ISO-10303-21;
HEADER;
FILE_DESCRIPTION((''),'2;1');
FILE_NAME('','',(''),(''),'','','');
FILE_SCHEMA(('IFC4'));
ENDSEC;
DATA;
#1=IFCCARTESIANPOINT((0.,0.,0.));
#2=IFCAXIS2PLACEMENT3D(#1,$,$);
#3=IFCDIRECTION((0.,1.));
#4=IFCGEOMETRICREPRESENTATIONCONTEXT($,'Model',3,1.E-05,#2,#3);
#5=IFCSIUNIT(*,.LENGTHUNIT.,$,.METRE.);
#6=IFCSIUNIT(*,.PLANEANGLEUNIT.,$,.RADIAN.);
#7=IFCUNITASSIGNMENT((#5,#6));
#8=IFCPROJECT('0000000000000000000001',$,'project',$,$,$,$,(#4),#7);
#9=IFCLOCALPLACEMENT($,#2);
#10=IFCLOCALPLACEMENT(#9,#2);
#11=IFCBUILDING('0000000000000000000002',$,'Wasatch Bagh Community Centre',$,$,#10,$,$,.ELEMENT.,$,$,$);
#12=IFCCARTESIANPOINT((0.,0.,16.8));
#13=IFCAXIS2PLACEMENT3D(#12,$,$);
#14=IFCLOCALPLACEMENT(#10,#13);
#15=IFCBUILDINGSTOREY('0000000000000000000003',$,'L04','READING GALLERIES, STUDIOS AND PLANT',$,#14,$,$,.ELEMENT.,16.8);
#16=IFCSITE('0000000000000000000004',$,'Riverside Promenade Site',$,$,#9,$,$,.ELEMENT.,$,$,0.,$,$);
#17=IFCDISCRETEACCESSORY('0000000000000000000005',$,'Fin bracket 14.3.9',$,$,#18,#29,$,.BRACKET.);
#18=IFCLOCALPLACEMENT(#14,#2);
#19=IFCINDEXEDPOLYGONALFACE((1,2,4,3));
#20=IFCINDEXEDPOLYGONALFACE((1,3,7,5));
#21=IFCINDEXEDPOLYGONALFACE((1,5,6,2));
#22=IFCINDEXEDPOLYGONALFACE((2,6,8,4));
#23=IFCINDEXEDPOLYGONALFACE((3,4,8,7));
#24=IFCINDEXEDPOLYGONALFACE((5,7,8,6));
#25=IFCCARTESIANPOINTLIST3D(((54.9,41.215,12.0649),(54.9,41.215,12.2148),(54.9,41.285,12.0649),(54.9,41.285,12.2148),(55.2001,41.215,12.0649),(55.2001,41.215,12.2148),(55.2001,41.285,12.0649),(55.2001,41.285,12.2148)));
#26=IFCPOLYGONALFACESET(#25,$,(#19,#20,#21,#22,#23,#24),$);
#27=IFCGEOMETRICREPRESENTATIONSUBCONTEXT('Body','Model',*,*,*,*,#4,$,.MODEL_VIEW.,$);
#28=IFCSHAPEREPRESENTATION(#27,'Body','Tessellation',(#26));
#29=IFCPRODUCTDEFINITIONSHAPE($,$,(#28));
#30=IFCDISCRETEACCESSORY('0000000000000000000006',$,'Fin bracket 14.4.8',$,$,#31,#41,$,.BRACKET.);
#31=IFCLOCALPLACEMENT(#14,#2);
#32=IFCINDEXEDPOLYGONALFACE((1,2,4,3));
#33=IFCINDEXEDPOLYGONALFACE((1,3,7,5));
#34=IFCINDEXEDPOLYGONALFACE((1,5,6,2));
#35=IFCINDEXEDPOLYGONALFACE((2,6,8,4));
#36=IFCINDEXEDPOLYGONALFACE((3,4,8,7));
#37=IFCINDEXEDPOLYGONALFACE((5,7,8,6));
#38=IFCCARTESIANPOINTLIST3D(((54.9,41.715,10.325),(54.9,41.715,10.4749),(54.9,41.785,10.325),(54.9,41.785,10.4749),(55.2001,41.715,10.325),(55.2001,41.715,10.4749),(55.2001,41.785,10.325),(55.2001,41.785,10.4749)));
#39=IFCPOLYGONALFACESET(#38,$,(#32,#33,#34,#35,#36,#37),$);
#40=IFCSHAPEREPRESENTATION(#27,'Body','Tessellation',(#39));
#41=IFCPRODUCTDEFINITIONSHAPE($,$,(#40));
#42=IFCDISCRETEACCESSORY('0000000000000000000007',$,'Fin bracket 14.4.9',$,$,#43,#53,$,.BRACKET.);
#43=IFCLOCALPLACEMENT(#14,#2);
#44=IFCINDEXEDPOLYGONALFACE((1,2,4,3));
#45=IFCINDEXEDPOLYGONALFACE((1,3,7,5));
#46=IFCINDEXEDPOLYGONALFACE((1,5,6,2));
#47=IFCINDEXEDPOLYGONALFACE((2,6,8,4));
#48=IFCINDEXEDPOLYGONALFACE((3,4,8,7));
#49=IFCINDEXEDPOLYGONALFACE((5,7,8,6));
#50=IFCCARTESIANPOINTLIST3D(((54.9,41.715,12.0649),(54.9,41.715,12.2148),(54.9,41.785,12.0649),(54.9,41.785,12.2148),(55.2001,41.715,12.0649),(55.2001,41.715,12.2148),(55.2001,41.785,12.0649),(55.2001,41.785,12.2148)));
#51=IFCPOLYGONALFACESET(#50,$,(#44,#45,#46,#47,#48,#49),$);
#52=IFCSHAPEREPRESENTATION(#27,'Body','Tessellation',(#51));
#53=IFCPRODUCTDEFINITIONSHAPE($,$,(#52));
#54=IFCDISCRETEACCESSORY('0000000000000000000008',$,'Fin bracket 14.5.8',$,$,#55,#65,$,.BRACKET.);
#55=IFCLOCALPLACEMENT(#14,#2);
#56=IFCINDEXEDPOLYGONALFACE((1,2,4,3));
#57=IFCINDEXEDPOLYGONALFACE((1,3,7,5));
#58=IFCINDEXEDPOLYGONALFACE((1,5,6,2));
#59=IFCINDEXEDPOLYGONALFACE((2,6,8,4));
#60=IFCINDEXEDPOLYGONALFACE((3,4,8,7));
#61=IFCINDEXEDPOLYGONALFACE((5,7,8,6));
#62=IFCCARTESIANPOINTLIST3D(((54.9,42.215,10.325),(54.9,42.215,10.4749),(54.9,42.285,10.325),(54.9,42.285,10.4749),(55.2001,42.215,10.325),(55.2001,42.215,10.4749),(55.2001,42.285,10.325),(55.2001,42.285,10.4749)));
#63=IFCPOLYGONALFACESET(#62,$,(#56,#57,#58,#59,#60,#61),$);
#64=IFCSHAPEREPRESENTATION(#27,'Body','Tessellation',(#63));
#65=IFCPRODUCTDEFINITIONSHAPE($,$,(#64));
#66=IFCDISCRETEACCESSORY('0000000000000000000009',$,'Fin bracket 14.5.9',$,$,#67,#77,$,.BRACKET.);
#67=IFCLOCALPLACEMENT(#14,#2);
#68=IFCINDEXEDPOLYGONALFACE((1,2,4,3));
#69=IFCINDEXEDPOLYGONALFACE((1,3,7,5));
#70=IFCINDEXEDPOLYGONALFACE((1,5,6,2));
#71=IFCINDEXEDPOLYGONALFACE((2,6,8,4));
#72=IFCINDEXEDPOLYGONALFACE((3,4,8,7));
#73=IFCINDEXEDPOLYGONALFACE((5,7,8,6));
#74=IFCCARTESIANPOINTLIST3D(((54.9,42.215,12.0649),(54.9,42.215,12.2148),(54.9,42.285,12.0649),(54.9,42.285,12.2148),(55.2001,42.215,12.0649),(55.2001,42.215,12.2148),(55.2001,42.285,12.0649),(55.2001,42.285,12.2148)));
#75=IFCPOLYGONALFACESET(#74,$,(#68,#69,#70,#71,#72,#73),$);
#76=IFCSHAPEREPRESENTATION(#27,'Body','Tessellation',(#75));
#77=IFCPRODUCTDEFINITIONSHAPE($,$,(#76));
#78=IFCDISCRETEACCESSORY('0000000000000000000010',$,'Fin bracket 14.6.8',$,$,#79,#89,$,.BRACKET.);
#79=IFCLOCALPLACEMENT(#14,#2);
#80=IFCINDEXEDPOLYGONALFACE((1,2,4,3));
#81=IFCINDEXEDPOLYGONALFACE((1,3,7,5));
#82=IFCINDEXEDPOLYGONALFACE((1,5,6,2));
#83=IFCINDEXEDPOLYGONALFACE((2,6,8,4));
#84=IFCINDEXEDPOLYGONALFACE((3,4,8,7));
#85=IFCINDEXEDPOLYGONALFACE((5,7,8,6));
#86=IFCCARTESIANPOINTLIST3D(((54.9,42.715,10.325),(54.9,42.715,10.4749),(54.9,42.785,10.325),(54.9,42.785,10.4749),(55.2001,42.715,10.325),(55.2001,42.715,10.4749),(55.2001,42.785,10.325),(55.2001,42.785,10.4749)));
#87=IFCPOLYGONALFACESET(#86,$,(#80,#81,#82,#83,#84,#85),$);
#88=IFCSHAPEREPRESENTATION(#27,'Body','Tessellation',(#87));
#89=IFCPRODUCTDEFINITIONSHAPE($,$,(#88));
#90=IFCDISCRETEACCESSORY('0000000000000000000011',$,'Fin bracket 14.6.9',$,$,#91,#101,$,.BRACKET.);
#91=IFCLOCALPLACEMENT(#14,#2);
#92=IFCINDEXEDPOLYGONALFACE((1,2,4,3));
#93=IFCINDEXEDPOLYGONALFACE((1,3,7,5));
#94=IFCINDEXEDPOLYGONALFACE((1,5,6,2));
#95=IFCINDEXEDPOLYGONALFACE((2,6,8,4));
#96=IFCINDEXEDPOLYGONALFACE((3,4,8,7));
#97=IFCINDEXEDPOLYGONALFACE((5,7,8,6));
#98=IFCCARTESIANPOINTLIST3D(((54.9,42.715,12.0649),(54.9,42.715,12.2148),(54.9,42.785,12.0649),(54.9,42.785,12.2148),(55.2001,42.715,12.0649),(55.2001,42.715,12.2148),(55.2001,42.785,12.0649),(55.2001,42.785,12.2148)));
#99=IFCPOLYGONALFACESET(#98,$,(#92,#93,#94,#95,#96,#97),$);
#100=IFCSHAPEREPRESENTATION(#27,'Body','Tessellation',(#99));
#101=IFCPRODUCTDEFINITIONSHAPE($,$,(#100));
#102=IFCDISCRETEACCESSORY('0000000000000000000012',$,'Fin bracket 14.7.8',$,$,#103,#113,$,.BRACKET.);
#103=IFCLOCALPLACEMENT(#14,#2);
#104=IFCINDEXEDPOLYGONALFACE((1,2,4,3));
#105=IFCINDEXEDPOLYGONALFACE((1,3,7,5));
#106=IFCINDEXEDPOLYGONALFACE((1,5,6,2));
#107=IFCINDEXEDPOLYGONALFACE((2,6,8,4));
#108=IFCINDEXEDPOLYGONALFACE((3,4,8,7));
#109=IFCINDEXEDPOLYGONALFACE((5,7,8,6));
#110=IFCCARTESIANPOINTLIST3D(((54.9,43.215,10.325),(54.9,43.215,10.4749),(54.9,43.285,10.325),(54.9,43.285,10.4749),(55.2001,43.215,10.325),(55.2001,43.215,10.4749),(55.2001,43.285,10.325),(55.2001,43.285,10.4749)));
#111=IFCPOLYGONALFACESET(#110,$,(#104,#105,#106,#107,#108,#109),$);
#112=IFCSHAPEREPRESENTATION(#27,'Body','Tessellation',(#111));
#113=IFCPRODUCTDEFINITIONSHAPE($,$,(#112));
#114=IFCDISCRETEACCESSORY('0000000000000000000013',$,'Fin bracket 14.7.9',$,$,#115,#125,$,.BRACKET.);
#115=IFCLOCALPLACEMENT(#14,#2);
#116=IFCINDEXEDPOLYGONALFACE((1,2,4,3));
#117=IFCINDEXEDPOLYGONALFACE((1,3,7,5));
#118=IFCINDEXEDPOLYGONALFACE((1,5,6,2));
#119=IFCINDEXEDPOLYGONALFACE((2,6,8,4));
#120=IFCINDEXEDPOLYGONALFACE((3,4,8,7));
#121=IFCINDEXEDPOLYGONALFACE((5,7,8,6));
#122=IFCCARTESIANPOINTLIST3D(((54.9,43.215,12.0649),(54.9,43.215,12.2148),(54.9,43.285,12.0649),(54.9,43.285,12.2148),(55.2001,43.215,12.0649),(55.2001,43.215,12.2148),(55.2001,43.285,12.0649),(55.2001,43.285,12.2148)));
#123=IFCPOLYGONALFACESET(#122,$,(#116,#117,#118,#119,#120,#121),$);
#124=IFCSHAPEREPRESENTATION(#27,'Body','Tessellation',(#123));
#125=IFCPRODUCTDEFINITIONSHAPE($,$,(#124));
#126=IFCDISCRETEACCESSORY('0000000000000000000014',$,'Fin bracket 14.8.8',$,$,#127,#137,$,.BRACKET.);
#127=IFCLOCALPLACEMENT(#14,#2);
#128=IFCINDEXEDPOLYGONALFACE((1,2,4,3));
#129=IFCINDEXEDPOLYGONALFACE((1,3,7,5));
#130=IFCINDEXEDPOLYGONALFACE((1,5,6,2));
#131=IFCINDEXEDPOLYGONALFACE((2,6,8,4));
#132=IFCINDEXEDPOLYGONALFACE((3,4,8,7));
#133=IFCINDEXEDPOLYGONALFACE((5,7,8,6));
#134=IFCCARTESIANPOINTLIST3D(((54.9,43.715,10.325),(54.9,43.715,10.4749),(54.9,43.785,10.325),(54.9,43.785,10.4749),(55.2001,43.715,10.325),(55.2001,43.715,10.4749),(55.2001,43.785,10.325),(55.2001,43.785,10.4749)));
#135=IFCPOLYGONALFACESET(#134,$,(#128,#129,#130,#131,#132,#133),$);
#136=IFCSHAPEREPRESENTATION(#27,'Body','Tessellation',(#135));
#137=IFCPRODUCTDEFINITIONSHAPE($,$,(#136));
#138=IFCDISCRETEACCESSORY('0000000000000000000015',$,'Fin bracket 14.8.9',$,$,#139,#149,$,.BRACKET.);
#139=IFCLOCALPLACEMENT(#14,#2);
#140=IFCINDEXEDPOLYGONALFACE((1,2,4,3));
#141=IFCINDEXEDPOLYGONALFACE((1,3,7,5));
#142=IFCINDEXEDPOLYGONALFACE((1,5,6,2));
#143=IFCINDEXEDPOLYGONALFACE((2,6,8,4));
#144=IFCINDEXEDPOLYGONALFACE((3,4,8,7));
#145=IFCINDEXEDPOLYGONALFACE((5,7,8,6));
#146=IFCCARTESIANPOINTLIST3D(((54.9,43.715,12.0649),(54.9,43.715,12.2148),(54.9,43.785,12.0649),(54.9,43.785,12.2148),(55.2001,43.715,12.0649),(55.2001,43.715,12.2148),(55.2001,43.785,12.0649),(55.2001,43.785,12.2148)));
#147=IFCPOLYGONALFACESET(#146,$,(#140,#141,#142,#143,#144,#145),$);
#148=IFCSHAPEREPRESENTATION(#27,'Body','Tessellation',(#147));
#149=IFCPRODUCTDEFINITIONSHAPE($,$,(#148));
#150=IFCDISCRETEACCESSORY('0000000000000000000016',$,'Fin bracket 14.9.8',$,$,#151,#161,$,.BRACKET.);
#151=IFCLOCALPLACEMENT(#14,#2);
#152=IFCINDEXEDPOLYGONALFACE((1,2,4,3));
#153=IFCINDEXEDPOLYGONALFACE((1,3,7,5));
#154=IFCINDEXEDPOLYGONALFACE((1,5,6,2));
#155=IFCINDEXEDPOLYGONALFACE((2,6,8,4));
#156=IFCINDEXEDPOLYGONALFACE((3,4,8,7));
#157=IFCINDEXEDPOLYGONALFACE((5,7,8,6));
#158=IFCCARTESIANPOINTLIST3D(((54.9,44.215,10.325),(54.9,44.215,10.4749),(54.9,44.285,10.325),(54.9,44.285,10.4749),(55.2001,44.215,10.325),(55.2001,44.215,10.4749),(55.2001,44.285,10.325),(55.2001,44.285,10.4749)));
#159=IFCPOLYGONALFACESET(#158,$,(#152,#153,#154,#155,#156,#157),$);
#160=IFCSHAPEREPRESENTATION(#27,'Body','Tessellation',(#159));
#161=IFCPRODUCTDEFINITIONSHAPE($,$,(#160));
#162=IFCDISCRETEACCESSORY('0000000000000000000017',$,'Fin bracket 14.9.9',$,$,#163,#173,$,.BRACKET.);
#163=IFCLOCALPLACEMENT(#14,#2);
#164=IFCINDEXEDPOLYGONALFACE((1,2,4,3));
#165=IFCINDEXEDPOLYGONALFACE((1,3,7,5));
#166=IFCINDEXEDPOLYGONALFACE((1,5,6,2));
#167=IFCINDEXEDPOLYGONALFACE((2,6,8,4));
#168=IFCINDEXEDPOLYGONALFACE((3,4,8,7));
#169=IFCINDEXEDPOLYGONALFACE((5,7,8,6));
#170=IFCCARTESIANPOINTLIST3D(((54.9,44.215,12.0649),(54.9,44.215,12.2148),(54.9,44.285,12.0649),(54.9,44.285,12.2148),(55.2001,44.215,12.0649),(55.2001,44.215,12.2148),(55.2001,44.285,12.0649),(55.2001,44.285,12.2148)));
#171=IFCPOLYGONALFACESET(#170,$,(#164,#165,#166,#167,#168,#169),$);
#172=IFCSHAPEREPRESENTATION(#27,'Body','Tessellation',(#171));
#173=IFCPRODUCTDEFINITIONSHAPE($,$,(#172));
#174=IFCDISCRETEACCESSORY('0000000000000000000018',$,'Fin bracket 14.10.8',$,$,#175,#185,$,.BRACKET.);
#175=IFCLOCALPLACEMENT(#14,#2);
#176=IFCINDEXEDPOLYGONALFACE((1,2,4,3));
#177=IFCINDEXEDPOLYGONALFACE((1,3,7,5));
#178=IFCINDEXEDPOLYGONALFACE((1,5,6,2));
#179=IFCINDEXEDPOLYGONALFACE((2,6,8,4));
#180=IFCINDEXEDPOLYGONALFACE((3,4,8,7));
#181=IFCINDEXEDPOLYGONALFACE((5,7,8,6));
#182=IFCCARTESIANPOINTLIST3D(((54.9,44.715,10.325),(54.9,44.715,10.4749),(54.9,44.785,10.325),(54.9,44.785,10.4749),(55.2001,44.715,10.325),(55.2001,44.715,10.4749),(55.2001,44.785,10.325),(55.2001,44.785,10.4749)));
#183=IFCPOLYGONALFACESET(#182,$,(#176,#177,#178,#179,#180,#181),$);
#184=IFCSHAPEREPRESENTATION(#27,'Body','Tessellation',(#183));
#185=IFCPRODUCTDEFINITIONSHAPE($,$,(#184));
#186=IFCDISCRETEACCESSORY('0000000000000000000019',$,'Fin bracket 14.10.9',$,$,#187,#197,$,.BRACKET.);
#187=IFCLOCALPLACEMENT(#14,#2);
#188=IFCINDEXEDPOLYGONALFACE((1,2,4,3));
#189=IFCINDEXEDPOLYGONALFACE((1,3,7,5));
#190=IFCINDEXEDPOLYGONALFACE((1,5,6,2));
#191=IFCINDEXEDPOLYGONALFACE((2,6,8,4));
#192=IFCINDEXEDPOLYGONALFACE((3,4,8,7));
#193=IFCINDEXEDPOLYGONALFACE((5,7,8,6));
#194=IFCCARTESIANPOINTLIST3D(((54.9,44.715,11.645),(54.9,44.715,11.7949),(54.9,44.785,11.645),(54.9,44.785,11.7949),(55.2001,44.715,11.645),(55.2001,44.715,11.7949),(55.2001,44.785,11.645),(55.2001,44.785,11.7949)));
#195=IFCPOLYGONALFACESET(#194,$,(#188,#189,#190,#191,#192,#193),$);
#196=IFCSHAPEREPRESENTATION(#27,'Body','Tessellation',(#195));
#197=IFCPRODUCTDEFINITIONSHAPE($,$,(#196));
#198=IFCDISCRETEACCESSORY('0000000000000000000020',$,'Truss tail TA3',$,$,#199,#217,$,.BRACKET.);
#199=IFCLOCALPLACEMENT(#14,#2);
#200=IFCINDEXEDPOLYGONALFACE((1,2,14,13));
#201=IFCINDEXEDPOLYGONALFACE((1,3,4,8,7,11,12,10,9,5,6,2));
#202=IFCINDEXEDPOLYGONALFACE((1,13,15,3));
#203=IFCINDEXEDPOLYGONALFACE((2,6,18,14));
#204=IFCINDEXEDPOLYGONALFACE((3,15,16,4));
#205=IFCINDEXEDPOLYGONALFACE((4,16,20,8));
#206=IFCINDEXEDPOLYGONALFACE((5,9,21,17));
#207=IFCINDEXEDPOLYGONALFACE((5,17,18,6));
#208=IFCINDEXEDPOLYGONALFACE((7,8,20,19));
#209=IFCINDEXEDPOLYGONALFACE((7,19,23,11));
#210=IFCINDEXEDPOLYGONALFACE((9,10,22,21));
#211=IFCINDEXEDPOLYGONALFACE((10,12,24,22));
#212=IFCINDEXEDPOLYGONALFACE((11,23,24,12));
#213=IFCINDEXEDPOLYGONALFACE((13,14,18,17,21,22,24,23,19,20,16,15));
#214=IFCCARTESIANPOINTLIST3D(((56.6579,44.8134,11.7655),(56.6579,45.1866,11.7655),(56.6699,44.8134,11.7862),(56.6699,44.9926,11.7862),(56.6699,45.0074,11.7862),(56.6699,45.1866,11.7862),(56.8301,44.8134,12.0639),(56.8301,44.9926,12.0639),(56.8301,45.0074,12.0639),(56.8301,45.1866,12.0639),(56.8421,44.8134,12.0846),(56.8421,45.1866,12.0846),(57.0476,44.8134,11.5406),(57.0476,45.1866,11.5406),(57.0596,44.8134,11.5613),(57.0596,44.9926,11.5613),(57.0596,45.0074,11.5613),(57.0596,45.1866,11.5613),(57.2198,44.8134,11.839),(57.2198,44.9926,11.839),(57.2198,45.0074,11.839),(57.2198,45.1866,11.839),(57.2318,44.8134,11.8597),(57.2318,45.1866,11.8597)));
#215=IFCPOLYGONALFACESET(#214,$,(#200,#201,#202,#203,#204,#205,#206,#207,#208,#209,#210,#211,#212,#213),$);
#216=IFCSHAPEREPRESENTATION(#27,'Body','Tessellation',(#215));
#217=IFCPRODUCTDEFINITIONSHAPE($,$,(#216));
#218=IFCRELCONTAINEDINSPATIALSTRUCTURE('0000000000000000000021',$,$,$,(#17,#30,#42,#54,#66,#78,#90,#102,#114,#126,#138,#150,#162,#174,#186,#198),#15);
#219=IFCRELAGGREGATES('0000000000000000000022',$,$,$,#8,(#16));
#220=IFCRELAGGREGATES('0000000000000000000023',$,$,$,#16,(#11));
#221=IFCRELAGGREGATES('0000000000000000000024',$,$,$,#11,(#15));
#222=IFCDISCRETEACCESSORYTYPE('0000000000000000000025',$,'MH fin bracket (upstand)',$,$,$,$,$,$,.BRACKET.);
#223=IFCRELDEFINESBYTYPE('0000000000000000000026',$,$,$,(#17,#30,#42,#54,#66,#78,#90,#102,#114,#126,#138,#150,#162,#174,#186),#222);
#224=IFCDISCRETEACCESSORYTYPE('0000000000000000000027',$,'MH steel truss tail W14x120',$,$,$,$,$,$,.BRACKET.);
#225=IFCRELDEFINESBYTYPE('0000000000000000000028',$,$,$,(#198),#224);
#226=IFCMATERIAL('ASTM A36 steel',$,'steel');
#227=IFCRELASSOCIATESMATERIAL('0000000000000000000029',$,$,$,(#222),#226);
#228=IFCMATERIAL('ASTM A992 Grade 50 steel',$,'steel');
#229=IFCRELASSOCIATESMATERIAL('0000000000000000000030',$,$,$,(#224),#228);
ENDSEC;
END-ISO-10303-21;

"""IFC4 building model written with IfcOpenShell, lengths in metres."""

from ifc_helpers import new_model, si_unit, direction, frame, origin, origin_2d, place, context, subcontext, project, spatial, rectangle, i_section, extrude, material, material_profile, profile_set, type_object, element, save


model = new_model("IFC4")

# Units and contexts
model_context = context("Model", 3, precision=1e-05, world=origin(), true_north=direction((0.0, 1.0)))
body_context = subcontext(model_context, "Body", "Model", "MODEL_VIEW")
ifc_project = project(units=[si_unit("LENGTHUNIT", "METRE"), si_unit("PLANEANGLEUNIT", "RADIAN")], contexts=[model_context])

# Site, building, storey
site_placement = place(None, origin())
site = spatial("IfcSite", under=ifc_project, at=site_placement, Name="Riverside Promenade Site", CompositionType="ELEMENT", RefElevation=0.0)
building_placement = place(site_placement, origin())
building = spatial("IfcBuilding", under=site, at=building_placement, Name="Wasatch Bagh Community Centre", CompositionType="ELEMENT")
storey_placement = place(building_placement, frame((0.0, 0.0, 16.8)))
storey = spatial("IfcBuildingStorey", under=building, at=storey_placement, Name="L04", Description="READING GALLERIES, STUDIOS AND PLANT", CompositionType="ELEMENT", Elevation=16.8)

# Discrete accessories
ifc_material_1 = material(Name="ASTM A36 steel", Category="steel")
discrete_accessory_type_1 = type_object("IfcDiscreteAccessoryType", Name="MH fin bracket (upstand)", PredefinedType="BRACKET", material=ifc_material_1)
for number, where, z_axis, x_axis, name in (
    (1, (55.05, 41.25, 12.0649), (0.0, 0.0, 1.0), (0.0, 1.0, 0.0), "Fin bracket 14.3.9"),
    (2, (55.05, 41.75, 10.325), (0.0, 0.0, 1.0), (0.0, 1.0, 0.0), "Fin bracket 14.4.8"),
    (3, (55.05, 41.75, 12.0649), (0.0, 0.0, 1.0), (0.0, 1.0, 0.0), "Fin bracket 14.4.9"),
    (4, (55.05, 42.25, 10.325), (0.0, 0.0, 1.0), (0.0, 1.0, 0.0), "Fin bracket 14.5.8"),
    (5, (55.05, 42.25, 12.0649), (0.0, 0.0, 1.0), (0.0, 1.0, 0.0), "Fin bracket 14.5.9"),
    (6, (55.05, 42.75, 10.325), (0.0, 0.0, 1.0), (0.0, 1.0, 0.0), "Fin bracket 14.6.8"),
    (7, (55.05, 42.75, 12.0649), (0.0, 0.0, 1.0), (0.0, 1.0, 0.0), "Fin bracket 14.6.9"),
    (8, (55.05, 43.25, 10.325), (0.0, 0.0, 1.0), (0.0, 1.0, 0.0), "Fin bracket 14.7.8"),
    (9, (55.05, 43.25, 12.0649), (0.0, 0.0, 1.0), (0.0, 1.0, 0.0), "Fin bracket 14.7.9"),
    (10, (55.05, 43.75, 10.325), (0.0, 0.0, 1.0), (0.0, 1.0, 0.0), "Fin bracket 14.8.8"),
    (11, (55.05, 43.75, 12.0649), (0.0, 0.0, 1.0), (0.0, 1.0, 0.0), "Fin bracket 14.8.9"),
    (12, (55.05, 44.25, 10.325), (0.0, 0.0, 1.0), (0.0, 1.0, 0.0), "Fin bracket 14.9.8"),
    (13, (55.05, 44.25, 12.0649), (0.0, 0.0, 1.0), (0.0, 1.0, 0.0), "Fin bracket 14.9.9"),
    (14, (55.05, 44.75, 10.325), (0.0, 0.0, 1.0), (0.0, 1.0, 0.0), "Fin bracket 14.10.8"),
    (15, (55.05, 44.75, 11.645), (0.0, 0.0, 1.0), (0.0, 1.0, 0.0), "Fin bracket 14.10.9"),
):
    element("IfcDiscreteAccessory", number, at=place(storey_placement, frame(where, z_axis=z_axis, x_axis=x_axis)), inside=storey, type_object=discrete_accessory_type_1, Name=name, PredefinedType="BRACKET", context=body_context, shape_type="SweptSolid", body=[
        extrude(rectangle(XDim=0.0701, YDim=0.3, at=origin_2d()), origin(), (0.0, 0.0, 1.0), 0.1499),
    ])
ifc_material_2 = material(Name="ASTM A992 Grade 50 steel", Category="steel")
ifc_material_profile_1 = material_profile(ifc_material_2, i_section(OverallWidth=0.3733, OverallDepth=0.3684, WebThickness=0.0149, FlangeThickness=0.0239, at=origin_2d()), Name="W14x120")
ifc_profile_set_1 = profile_set([ifc_material_profile_1], Name="ASTM A992 Grade 50 steel")
discrete_accessory_type_2 = type_object("IfcDiscreteAccessoryType", Name="MH steel truss tail W14x120", PredefinedType="BRACKET", material=ifc_profile_set_1)
discrete_accessory_1_placement = place(storey_placement, frame((56.75, 45.0, 11.925), z_axis=(0.866131, 0.0, -0.499816), x_axis=(0.0, 1.0, 0.0)))
element("IfcDiscreteAccessory", 16, at=discrete_accessory_1_placement, inside=storey, type_object=discrete_accessory_type_2, Name="Truss tail TA3", PredefinedType="BRACKET", context=body_context, shape_type="SweptSolid", body=[
    extrude(i_section(OverallWidth=0.3733, OverallDepth=0.3684, WebThickness=0.0149, FlangeThickness=0.0239, at=origin_2d()), origin(), (0.0, 0.0, 1.0), 0.45),
])

save(model, "model.ifc")
